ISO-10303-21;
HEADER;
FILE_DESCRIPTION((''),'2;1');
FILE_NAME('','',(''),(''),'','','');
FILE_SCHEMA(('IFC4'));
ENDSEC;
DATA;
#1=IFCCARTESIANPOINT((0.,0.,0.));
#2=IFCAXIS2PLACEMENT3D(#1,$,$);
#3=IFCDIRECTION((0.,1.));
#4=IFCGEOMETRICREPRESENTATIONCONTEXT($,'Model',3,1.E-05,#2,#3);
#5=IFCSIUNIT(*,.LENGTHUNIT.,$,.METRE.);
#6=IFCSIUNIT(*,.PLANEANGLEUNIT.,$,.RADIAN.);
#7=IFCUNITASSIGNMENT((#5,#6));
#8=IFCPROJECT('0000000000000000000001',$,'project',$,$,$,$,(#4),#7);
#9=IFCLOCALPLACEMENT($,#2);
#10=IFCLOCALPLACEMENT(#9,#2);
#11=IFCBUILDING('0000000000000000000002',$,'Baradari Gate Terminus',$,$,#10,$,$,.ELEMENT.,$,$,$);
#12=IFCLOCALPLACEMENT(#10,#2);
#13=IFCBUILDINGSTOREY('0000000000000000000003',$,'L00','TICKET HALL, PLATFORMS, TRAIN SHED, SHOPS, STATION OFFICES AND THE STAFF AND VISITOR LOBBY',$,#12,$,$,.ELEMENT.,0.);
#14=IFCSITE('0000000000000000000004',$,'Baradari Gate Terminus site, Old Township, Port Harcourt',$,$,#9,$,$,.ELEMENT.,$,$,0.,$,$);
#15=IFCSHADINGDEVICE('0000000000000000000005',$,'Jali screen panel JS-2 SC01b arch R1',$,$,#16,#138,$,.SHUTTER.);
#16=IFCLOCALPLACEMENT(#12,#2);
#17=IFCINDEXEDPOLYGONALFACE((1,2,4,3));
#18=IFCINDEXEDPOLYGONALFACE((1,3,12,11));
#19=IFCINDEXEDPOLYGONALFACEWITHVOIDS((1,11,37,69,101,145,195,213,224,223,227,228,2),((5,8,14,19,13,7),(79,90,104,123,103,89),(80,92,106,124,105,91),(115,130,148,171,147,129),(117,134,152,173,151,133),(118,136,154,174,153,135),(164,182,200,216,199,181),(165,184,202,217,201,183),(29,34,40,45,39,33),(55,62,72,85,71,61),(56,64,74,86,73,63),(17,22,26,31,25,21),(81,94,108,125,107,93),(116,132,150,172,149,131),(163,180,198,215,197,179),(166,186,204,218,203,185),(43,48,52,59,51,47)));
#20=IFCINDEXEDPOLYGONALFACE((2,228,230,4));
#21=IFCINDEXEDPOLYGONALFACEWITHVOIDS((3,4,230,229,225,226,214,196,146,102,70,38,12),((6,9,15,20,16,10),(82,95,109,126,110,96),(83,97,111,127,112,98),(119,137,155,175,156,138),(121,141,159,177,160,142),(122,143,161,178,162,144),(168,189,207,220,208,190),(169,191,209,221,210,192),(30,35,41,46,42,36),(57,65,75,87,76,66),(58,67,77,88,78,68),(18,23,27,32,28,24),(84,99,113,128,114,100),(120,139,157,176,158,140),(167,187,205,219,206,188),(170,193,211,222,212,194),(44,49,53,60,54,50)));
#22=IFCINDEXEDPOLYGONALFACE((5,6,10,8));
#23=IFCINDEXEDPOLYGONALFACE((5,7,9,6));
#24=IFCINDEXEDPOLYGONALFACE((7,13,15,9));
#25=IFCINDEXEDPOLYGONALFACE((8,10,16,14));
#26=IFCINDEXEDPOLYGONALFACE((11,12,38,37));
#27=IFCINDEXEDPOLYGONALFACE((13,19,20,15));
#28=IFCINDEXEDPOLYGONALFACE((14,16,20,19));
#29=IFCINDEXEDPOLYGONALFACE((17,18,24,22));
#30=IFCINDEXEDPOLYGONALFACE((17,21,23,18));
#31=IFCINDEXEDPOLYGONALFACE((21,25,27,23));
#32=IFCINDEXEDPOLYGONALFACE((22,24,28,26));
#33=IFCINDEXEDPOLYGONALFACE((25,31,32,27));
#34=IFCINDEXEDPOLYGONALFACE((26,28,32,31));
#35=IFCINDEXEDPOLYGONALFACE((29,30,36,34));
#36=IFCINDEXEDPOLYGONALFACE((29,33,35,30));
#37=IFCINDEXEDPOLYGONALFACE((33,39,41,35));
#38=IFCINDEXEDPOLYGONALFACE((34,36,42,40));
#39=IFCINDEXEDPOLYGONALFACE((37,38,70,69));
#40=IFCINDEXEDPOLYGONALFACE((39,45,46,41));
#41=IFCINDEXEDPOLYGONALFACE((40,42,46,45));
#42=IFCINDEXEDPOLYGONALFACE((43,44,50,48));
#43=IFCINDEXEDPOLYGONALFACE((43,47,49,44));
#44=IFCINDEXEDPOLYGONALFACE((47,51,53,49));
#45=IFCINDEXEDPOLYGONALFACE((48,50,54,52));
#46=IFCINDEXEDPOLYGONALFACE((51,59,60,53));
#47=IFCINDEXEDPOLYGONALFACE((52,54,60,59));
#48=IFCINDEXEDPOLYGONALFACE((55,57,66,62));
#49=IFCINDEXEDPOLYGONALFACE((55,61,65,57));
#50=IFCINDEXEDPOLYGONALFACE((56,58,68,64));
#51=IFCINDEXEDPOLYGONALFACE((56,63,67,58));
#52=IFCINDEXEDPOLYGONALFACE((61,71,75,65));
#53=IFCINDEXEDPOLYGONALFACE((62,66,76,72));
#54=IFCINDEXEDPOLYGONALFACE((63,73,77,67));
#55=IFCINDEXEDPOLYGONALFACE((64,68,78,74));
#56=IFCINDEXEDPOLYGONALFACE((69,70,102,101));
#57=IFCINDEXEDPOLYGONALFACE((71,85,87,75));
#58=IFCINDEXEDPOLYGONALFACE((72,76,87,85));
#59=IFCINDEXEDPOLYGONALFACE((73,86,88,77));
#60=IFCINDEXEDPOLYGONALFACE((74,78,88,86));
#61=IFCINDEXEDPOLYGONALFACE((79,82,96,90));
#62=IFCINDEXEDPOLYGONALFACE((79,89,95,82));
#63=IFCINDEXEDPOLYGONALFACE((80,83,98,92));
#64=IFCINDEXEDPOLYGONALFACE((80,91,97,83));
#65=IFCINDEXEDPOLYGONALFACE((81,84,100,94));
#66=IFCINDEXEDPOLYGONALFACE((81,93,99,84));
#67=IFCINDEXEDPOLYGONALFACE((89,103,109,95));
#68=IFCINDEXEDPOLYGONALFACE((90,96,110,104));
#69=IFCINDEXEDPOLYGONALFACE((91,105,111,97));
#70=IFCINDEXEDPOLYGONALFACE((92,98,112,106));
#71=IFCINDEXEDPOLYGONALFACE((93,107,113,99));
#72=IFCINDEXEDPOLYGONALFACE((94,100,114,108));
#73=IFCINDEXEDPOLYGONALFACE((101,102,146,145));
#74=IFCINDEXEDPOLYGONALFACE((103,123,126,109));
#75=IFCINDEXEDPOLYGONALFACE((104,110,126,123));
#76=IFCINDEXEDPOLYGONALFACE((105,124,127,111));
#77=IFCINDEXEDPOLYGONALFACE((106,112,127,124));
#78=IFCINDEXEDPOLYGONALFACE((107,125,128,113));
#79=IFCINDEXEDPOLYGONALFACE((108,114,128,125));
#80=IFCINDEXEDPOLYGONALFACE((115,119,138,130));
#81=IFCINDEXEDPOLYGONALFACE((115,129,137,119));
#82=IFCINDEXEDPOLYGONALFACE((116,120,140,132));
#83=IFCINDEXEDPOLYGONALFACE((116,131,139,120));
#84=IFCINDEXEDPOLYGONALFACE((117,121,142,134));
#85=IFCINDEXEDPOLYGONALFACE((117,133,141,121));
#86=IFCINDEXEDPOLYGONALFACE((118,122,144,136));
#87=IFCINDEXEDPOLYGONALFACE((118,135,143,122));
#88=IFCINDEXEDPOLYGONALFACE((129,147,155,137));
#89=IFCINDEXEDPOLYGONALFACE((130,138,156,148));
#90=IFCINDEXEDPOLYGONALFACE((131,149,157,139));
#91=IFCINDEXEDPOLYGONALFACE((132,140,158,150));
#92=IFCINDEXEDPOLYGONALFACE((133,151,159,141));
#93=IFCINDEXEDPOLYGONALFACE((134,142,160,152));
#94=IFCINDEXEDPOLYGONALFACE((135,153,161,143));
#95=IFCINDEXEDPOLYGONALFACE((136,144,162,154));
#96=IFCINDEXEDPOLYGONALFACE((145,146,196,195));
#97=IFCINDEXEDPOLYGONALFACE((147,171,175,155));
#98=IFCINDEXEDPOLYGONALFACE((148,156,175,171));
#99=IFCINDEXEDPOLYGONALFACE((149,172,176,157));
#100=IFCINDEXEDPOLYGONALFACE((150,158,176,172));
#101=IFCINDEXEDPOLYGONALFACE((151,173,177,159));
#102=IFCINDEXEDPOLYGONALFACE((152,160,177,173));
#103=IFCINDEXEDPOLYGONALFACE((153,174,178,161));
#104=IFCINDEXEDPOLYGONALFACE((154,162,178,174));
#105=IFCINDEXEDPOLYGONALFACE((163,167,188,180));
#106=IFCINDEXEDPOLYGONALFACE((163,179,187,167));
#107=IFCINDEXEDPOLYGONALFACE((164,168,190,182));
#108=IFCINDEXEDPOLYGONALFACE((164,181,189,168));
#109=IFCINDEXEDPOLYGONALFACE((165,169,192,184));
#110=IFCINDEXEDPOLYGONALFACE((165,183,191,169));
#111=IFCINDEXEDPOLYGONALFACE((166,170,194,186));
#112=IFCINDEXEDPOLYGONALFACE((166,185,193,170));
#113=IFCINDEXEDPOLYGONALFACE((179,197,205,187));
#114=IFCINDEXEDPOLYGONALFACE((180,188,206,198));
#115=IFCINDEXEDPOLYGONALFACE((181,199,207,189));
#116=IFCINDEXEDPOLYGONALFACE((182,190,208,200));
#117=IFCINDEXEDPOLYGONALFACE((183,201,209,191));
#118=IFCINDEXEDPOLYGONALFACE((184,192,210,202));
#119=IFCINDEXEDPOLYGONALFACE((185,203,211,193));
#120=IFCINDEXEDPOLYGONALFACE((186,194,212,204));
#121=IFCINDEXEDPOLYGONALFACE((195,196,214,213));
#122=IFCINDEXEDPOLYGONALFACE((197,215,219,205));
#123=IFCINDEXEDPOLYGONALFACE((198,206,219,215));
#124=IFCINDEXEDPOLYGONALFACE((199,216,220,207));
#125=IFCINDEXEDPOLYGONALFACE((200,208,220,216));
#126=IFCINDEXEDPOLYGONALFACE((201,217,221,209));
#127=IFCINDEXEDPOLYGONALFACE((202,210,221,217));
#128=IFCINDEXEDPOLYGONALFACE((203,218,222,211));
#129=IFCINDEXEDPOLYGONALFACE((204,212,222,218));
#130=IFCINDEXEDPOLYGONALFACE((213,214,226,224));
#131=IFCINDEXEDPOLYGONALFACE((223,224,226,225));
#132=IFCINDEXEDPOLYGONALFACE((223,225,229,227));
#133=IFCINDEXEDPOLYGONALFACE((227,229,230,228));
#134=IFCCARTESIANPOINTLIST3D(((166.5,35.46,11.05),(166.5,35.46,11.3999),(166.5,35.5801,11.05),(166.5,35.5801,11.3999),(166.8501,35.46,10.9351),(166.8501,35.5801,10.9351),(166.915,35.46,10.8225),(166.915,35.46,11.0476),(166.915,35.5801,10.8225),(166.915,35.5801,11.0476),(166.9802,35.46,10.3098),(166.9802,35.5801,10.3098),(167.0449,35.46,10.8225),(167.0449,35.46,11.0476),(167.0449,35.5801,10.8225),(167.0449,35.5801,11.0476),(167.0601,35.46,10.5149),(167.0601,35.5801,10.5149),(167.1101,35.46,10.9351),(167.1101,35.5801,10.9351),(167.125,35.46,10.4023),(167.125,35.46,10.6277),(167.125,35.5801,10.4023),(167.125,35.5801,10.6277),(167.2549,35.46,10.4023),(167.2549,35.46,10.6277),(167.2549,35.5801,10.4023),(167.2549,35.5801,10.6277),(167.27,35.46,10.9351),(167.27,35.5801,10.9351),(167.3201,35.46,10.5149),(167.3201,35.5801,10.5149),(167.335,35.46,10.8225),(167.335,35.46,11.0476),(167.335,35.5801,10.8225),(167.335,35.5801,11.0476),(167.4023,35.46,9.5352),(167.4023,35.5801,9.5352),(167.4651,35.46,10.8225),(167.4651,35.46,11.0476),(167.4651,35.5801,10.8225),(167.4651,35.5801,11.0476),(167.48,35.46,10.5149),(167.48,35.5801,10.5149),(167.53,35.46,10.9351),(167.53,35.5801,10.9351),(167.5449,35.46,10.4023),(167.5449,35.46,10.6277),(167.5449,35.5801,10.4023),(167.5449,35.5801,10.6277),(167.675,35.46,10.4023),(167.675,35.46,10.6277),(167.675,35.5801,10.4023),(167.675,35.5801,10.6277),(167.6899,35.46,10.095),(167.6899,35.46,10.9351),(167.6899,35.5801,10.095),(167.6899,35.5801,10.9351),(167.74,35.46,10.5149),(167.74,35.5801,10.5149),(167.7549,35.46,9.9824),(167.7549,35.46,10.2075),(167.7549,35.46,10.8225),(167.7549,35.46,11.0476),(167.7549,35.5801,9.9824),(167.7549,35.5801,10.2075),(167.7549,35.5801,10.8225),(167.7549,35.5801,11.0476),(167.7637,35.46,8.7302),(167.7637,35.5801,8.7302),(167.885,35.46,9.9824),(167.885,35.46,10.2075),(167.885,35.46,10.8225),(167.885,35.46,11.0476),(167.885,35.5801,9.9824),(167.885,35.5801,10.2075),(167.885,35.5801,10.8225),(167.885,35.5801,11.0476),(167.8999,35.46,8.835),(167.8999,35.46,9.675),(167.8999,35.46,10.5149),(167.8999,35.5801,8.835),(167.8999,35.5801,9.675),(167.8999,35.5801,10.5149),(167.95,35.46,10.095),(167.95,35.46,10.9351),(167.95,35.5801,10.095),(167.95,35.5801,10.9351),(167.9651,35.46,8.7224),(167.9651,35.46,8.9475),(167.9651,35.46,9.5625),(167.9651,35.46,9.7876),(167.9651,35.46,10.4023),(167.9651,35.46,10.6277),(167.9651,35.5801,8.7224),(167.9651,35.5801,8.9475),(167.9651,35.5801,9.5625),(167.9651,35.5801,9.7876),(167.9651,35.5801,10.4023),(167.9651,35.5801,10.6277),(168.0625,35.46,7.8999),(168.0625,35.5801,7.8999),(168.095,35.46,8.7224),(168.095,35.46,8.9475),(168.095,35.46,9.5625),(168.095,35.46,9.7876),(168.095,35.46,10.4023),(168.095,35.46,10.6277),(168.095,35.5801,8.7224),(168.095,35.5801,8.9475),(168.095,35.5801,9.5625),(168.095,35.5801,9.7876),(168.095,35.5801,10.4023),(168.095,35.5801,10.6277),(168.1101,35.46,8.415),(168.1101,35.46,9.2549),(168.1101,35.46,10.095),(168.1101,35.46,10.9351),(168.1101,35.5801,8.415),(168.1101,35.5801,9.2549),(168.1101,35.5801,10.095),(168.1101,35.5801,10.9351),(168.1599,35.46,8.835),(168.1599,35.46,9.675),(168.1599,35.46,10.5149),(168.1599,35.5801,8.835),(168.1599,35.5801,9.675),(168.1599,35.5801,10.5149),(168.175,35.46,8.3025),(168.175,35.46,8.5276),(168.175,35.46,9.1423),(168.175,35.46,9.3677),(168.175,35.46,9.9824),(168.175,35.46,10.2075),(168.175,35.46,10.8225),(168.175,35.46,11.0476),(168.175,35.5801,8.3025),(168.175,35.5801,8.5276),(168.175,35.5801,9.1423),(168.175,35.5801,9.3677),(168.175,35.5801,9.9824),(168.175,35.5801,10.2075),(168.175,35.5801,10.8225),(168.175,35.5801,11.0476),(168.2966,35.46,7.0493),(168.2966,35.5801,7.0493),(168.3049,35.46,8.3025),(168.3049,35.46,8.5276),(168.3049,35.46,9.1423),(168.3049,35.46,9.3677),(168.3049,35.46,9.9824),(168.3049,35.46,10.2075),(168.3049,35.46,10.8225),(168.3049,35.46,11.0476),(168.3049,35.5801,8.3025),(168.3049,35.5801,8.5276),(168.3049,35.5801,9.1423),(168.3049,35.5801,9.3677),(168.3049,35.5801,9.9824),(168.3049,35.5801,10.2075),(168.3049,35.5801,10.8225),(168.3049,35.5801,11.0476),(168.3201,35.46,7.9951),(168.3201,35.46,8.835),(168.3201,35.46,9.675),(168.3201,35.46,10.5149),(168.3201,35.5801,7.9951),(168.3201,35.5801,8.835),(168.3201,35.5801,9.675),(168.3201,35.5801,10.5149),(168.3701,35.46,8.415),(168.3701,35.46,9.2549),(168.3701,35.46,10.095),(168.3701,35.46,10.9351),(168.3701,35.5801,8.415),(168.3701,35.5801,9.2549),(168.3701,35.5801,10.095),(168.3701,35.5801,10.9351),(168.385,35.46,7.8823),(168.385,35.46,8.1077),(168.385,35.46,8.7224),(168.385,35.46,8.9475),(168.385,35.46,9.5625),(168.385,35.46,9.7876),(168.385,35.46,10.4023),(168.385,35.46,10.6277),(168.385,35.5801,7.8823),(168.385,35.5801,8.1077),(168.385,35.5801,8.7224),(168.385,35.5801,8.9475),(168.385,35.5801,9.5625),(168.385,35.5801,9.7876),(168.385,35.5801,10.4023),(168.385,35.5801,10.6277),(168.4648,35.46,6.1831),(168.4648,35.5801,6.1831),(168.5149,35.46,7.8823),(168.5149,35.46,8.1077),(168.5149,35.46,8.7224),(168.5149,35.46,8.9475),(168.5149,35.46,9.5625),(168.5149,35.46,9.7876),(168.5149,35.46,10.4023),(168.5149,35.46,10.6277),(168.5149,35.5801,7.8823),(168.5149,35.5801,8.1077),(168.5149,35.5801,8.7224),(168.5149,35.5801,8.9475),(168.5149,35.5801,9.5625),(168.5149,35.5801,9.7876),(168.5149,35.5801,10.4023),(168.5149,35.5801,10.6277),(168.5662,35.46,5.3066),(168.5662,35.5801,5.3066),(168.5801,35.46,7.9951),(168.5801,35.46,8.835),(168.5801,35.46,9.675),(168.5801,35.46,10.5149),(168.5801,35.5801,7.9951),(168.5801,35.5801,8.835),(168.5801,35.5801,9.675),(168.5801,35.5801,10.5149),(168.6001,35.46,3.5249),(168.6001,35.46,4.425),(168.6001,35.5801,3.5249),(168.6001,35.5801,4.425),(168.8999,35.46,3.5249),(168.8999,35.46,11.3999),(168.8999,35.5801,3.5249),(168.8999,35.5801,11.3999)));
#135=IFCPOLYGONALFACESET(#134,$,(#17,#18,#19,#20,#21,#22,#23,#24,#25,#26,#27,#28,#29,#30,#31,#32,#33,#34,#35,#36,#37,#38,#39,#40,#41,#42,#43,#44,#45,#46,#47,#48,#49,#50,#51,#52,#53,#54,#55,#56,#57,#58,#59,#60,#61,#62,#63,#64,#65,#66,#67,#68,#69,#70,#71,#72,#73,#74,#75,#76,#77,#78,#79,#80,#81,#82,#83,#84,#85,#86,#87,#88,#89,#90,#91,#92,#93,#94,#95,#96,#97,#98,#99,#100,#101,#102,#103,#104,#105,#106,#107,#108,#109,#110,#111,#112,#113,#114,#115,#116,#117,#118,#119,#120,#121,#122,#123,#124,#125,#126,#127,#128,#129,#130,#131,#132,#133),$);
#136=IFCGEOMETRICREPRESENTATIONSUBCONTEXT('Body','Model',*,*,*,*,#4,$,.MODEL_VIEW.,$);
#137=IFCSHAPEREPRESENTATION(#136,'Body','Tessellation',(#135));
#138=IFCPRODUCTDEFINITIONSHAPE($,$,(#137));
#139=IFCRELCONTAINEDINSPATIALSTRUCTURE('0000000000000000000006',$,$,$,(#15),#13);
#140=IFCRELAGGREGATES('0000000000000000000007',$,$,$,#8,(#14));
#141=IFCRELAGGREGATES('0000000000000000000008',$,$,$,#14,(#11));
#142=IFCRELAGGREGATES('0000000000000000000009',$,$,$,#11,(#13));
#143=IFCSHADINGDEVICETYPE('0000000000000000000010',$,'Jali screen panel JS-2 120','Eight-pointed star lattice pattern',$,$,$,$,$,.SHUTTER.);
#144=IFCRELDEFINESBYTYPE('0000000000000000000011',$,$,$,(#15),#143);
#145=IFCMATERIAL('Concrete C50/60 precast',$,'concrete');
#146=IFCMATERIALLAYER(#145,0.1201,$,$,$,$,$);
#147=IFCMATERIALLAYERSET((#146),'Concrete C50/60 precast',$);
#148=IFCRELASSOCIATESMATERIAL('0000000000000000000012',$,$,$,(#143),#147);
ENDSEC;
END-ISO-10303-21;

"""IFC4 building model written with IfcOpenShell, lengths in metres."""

from ifc_helpers import new_model, si_unit, direction, frame, origin, place, context, subcontext, project, spatial, polyline, outline, extrude, material, layer, layer_set, type_object, element, save


model = new_model("IFC4")

# Units and contexts
model_context = context("Model", 3, precision=1e-05, world=origin(), true_north=direction((0.0, 1.0)))
body_context = subcontext(model_context, "Body", "Model", "MODEL_VIEW")
ifc_project = project(units=[si_unit("LENGTHUNIT", "METRE"), si_unit("PLANEANGLEUNIT", "RADIAN")], contexts=[model_context])

# Site, building, storey
site_placement = place(None, origin())
site = spatial("IfcSite", under=ifc_project, at=site_placement, Name="Baradari Gate Terminus site, Old Township, Port Harcourt", CompositionType="ELEMENT", RefElevation=0.0)
building_placement = place(site_placement, origin())
building = spatial("IfcBuilding", under=site, at=building_placement, Name="Baradari Gate Terminus", CompositionType="ELEMENT")
storey_placement = place(building_placement, origin())
storey = spatial("IfcBuildingStorey", under=building, at=storey_placement, Name="L00", Description="TICKET HALL, PLATFORMS, TRAIN SHED, SHOPS, STATION OFFICES AND THE STAFF AND VISITOR LOBBY", CompositionType="ELEMENT", Elevation=0.0)

# Shading device
ifc_material_1 = material(Name="Concrete C50/60 precast", Category="concrete")
ifc_layer_1 = layer(ifc_material_1, 0.1201)
ifc_layer_set_1 = layer_set([ifc_layer_1], Name="Concrete C50/60 precast")
shading_device_type = type_object("IfcShadingDeviceType", Name="Jali screen panel JS-2 120", Description="Eight-pointed star lattice pattern", PredefinedType="SHUTTER", material=ifc_layer_set_1)
shading_device_1_placement = place(storey_placement, frame((166.5, 35.52, 3.5249), z_axis=(0.0, 0.0, 1.0), x_axis=(1.0, 0.0, 0.0)))
element("IfcShadingDevice", 1, at=shading_device_1_placement, inside=storey, type_object=shading_device_type, Name="Jali screen panel JS-2 SC01b arch R1", PredefinedType="SHUTTER", context=body_context, shape_type="SweptSolid", body=[
    extrude(outline(polyline([(0.0, 7.875), (0.0, 7.5251), (0.4802, 6.7849), (0.9023, 6.0103), (1.2637, 5.2053), (1.5625, 4.375), (1.7966, 3.5244), (1.9648, 2.6582), (2.0662, 1.7817), (2.1001, 0.9001), (2.1001, 0.0), (2.3999, 0.0), (2.3999, 7.875), (0.0, 7.875)]), holes=[polyline([(2.0801, 4.4702), (2.0149, 4.3574), (1.885, 4.3574), (1.8201, 4.4702), (1.885, 4.5828), (2.0149, 4.5828), (2.0801, 4.4702)]), polyline([(1.8701, 4.8901), (1.8049, 4.7776), (1.675, 4.7776), (1.6101, 4.8901), (1.675, 5.0027), (1.8049, 5.0027), (1.8701, 4.8901)]), polyline([(1.6599, 5.3101), (1.595, 5.1975), (1.4651, 5.1975), (1.3999, 5.3101), (1.4651, 5.4226), (1.595, 5.4226), (1.6599, 5.3101)]), polyline([(2.0801, 5.3101), (2.0149, 5.1975), (1.885, 5.1975), (1.8201, 5.3101), (1.885, 5.4226), (2.0149, 5.4226), (2.0801, 5.3101)]), polyline([(1.8701, 5.73), (1.8049, 5.6174), (1.675, 5.6174), (1.6101, 5.73), (1.675, 5.8428), (1.8049, 5.8428), (1.8701, 5.73)]), polyline([(1.6599, 6.1501), (1.595, 6.0376), (1.4651, 6.0376), (1.3999, 6.1501), (1.4651, 6.2627), (1.595, 6.2627), (1.6599, 6.1501)]), polyline([(2.0801, 6.1501), (2.0149, 6.0376), (1.885, 6.0376), (1.8201, 6.1501), (1.885, 6.2627), (2.0149, 6.2627), (2.0801, 6.1501)]), polyline([(1.45, 6.5701), (1.385, 6.4575), (1.2549, 6.4575), (1.1899, 6.5701), (1.2549, 6.6826), (1.385, 6.6826), (1.45, 6.5701)]), polyline([(1.8701, 6.5701), (1.8049, 6.4575), (1.675, 6.4575), (1.6101, 6.5701), (1.675, 6.6826), (1.8049, 6.6826), (1.8701, 6.5701)]), polyline([(0.8201, 6.99), (0.7549, 6.8774), (0.625, 6.8774), (0.5601, 6.99), (0.625, 7.1028), (0.7549, 7.1028), (0.8201, 6.99)]), polyline([(1.24, 6.99), (1.175, 6.8774), (1.0449, 6.8774), (0.98, 6.99), (1.0449, 7.1028), (1.175, 7.1028), (1.24, 6.99)]), polyline([(1.6599, 6.99), (1.595, 6.8774), (1.4651, 6.8774), (1.3999, 6.99), (1.4651, 7.1028), (1.595, 7.1028), (1.6599, 6.99)]), polyline([(2.0801, 6.99), (2.0149, 6.8774), (1.885, 6.8774), (1.8201, 6.99), (1.885, 7.1028), (2.0149, 7.1028), (2.0801, 6.99)]), polyline([(0.6101, 7.4102), (0.5449, 7.2976), (0.415, 7.2976), (0.3501, 7.4102), (0.415, 7.5227), (0.5449, 7.5227), (0.6101, 7.4102)]), polyline([(1.03, 7.4102), (0.9651, 7.2976), (0.835, 7.2976), (0.77, 7.4102), (0.835, 7.5227), (0.9651, 7.5227), (1.03, 7.4102)]), polyline([(1.45, 7.4102), (1.385, 7.2976), (1.2549, 7.2976), (1.1899, 7.4102), (1.2549, 7.5227), (1.385, 7.5227), (1.45, 7.4102)]), polyline([(1.8701, 7.4102), (1.8049, 7.2976), (1.675, 7.2976), (1.6101, 7.4102), (1.675, 7.5227), (1.8049, 7.5227), (1.8701, 7.4102)])]), frame((0.0, 0.0601, 0.0), z_axis=(0.0, -1.0, 0.0), x_axis=(1.0, 0.0, 0.0)), (0.0, 0.0, 1.0), 0.1201),
])

save(model, "model.ifc")
